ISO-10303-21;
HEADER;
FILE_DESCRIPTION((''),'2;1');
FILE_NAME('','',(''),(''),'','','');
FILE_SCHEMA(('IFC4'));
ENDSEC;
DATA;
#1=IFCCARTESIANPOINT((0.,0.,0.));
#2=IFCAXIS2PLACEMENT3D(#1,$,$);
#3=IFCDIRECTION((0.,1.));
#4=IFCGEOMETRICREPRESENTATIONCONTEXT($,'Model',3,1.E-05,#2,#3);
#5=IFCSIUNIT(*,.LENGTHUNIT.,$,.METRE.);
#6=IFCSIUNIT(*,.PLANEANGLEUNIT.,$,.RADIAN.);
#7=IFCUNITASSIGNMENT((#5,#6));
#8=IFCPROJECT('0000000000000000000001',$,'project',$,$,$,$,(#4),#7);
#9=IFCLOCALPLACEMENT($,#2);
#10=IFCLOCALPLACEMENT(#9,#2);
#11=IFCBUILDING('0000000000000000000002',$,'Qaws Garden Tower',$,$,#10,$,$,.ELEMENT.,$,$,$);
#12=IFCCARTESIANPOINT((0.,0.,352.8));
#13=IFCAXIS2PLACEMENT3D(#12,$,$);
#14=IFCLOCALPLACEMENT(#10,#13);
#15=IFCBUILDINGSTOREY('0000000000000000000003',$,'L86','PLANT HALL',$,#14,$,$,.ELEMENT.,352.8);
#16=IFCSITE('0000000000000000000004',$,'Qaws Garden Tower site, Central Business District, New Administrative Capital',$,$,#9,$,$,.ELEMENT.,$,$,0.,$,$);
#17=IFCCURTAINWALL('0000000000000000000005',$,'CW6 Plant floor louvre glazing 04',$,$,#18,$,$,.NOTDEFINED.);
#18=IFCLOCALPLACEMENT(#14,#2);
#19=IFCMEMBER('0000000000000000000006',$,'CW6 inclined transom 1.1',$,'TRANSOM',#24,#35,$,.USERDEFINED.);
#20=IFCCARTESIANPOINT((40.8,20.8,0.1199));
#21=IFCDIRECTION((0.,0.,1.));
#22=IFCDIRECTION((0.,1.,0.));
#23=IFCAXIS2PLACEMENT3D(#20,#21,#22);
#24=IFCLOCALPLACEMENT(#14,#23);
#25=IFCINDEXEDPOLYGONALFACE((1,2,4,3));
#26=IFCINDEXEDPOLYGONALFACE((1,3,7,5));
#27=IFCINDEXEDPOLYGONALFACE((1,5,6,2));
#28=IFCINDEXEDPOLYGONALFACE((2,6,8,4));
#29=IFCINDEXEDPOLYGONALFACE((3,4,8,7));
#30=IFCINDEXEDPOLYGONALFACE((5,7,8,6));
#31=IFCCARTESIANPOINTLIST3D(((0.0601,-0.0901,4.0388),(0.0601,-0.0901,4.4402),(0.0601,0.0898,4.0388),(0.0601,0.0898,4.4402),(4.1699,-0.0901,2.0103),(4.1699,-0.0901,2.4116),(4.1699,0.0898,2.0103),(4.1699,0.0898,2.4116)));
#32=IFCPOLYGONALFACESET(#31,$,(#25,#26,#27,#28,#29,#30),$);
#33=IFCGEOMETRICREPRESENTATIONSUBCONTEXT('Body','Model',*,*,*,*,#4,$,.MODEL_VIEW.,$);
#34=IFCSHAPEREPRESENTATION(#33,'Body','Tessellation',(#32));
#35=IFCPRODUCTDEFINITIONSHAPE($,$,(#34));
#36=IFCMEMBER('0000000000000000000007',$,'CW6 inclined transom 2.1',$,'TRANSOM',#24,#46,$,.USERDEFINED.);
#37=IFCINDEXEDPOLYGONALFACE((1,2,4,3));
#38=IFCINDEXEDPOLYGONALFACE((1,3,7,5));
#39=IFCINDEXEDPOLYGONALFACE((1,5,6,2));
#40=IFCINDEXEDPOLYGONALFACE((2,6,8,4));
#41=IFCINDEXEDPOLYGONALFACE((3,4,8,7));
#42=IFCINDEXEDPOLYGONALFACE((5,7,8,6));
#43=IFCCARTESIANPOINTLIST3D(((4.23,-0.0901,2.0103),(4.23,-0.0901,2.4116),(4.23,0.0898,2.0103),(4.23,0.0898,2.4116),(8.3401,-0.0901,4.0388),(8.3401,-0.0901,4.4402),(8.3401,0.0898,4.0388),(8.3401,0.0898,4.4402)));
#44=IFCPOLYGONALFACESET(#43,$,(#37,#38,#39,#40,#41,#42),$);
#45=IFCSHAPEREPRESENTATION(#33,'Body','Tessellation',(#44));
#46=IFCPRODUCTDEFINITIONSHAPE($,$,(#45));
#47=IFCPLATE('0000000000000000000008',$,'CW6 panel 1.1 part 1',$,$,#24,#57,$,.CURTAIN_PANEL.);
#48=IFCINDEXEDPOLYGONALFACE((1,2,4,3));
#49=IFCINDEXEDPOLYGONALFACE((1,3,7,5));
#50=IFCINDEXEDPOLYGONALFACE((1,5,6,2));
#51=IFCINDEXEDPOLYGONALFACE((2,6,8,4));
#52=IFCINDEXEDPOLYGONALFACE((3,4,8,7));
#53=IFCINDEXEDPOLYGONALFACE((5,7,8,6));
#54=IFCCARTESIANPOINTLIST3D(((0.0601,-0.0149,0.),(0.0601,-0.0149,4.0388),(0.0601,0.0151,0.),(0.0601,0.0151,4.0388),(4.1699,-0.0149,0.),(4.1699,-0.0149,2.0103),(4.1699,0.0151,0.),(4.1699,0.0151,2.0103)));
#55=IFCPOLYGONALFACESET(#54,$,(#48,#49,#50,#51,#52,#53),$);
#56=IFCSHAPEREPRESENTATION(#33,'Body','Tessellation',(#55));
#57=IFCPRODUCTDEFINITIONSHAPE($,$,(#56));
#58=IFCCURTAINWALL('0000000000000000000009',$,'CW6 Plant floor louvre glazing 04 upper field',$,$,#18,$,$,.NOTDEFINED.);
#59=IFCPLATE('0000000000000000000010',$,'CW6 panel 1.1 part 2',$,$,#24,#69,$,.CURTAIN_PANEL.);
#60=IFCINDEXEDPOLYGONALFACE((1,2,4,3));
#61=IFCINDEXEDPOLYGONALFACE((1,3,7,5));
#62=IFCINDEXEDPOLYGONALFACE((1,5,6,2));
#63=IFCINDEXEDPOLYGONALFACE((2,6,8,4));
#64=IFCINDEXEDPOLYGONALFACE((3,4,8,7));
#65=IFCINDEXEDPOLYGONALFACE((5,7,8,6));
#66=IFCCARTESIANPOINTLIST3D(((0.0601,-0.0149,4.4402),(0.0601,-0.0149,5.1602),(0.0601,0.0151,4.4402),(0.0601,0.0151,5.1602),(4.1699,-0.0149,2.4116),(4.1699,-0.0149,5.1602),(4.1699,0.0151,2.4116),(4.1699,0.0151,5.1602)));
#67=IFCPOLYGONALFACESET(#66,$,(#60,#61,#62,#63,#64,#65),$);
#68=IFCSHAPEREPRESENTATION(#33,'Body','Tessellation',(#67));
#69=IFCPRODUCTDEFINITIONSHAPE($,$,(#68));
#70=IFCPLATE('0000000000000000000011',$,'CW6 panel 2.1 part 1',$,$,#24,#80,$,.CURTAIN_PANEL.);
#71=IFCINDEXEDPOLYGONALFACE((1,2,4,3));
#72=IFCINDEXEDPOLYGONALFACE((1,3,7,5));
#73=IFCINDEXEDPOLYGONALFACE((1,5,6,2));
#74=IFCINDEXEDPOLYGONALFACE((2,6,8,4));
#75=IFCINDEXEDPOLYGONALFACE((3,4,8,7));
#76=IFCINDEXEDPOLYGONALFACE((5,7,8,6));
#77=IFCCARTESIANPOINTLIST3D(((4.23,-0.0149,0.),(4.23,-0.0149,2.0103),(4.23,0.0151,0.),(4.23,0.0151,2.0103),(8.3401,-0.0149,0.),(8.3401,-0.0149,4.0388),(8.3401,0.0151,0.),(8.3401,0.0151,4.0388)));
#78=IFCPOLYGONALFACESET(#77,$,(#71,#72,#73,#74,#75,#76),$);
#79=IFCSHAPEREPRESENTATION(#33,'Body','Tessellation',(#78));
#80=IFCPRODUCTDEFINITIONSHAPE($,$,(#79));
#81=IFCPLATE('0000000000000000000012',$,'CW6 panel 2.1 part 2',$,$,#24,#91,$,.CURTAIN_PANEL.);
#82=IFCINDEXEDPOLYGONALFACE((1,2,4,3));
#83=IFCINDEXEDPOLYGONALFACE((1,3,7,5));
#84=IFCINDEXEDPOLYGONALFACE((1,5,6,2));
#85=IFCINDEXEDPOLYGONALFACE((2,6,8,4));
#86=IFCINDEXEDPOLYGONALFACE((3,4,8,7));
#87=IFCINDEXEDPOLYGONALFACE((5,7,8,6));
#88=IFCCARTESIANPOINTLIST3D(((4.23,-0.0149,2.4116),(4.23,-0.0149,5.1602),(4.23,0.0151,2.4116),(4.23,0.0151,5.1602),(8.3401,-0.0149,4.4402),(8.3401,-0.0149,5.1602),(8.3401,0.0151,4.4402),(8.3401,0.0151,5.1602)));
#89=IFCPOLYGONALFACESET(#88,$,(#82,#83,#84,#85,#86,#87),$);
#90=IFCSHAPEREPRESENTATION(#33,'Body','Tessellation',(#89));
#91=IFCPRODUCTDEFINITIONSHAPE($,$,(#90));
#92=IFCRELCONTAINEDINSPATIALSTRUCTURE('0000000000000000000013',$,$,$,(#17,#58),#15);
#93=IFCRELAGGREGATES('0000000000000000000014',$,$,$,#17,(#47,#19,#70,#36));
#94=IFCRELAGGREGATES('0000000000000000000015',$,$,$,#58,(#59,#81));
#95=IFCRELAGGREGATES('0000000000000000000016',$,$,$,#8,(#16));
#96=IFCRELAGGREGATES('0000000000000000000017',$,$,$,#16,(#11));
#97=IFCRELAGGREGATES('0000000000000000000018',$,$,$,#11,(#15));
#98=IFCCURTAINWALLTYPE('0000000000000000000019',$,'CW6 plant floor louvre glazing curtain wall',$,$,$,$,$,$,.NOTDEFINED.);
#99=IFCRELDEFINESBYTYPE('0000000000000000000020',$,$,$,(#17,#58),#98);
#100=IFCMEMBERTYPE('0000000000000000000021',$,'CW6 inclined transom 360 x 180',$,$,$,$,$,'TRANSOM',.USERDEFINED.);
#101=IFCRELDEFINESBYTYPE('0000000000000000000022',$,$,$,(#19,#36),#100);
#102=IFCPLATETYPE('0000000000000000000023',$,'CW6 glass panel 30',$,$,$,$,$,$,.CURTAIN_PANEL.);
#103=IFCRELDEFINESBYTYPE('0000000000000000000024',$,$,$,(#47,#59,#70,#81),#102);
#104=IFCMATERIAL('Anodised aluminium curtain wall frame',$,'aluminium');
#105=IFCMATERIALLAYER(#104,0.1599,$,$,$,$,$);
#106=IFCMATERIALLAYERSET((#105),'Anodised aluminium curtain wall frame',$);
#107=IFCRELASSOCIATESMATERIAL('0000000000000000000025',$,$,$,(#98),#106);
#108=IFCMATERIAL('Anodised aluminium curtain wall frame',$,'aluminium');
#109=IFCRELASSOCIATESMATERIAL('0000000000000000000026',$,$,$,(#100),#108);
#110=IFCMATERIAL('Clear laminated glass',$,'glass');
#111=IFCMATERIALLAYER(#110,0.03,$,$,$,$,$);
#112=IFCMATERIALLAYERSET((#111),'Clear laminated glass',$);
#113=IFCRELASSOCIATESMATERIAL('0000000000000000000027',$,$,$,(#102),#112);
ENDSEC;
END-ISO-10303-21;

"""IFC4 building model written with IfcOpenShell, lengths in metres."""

from ifc_helpers import new_model, si_unit, direction, frame, origin, origin_2d, place, context, subcontext, project, spatial, polyline, rectangle, outline, extrude, material, layer, layer_set, material_profile, profile_set, type_object, element, aggregate, save


model = new_model("IFC4")

# Units and contexts
model_context = context("Model", 3, precision=1e-05, world=origin(), true_north=direction((0.0, 1.0)))
body_context = subcontext(model_context, "Body", "Model", "MODEL_VIEW")
ifc_project = project(units=[si_unit("LENGTHUNIT", "METRE"), si_unit("PLANEANGLEUNIT", "RADIAN")], contexts=[model_context])

# Site, building, storey
site_placement = place(None, origin())
site = spatial("IfcSite", under=ifc_project, at=site_placement, Name="Qaws Garden Tower site, Central Business District, New Administrative Capital", CompositionType="ELEMENT", RefElevation=0.0)
building_placement = place(site_placement, origin())
building = spatial("IfcBuilding", under=site, at=building_placement, Name="Qaws Garden Tower", CompositionType="ELEMENT")
storey_placement = place(building_placement, frame((0.0, 0.0, 352.8)))
storey = spatial("IfcBuildingStorey", under=building, at=storey_placement, Name="L86", Description="PLANT HALL", CompositionType="ELEMENT", Elevation=352.8)

# Curtain wall, members, plate
ifc_material_1 = material(Name="Anodised aluminium curtain wall frame", Category="aluminium")
ifc_layer_1 = layer(ifc_material_1, 0.1599)
ifc_layer_set_1 = layer_set([ifc_layer_1], Name="Anodised aluminium curtain wall frame")
curtain_wall_type = type_object("IfcCurtainWallType", Name="CW6 plant floor louvre glazing curtain wall", PredefinedType="NOTDEFINED", material=ifc_layer_set_1)
placement_1 = place(storey_placement, origin())
curtain_wall_1 = element("IfcCurtainWall", 1, at=placement_1, inside=storey, type_object=curtain_wall_type, Name="CW6 Plant floor louvre glazing 04", PredefinedType="NOTDEFINED")
ifc_material_2 = material(Name="Anodised aluminium curtain wall frame", Category="aluminium")
ifc_material_profile_1 = material_profile(ifc_material_2, rectangle(XDim=0.1799, YDim=0.3601, at=origin_2d()), Name="AL 180x360")
ifc_profile_set_1 = profile_set([ifc_material_profile_1], Name="Anodised aluminium curtain wall frame")
member_type_1 = type_object("IfcMemberType", Name="CW6 inclined transom 360 x 180", ElementType="TRANSOM", PredefinedType="USERDEFINED", material=ifc_profile_set_1)
placement_2 = place(storey_placement, frame((40.8, 20.8, 0.1199), z_axis=(0.0, 0.0, 1.0), x_axis=(0.0, 1.0, 0.0)))
member_1 = element("IfcMember", 2, at=placement_2, type_object=member_type_1, Name="CW6 inclined transom 1.1", ObjectType="TRANSOM", PredefinedType="USERDEFINED", context=body_context, shape_type="SweptSolid", body=[
    extrude(outline(polyline([(0.0601, 4.0388), (4.1699, 2.0103), (4.1699, 2.4116), (0.0601, 4.4402), (0.0601, 4.0388)])), frame((0.0, 0.0898, 0.0), z_axis=(0.0, -1.0, 0.0), x_axis=(1.0, 0.0, 0.0)), (0.0, 0.0, 1.0), 0.1799),
])
member_2 = element("IfcMember", 3, at=placement_2, type_object=member_type_1, Name="CW6 inclined transom 2.1", ObjectType="TRANSOM", PredefinedType="USERDEFINED", context=body_context, shape_type="SweptSolid", body=[
    extrude(outline(polyline([(4.23, 2.0103), (8.3401, 4.0388), (8.3401, 4.4402), (4.23, 2.4116), (4.23, 2.0103)])), frame((0.0, 0.0898, 0.0), z_axis=(0.0, -1.0, 0.0), x_axis=(1.0, 0.0, 0.0)), (0.0, 0.0, 1.0), 0.1799),
])
ifc_material_3 = material(Name="Clear laminated glass", Category="glass")
ifc_layer_2 = layer(ifc_material_3, 0.03)
ifc_layer_set_2 = layer_set([ifc_layer_2], Name="Clear laminated glass")
plate_type = type_object("IfcPlateType", Name="CW6 glass panel 30", PredefinedType="CURTAIN_PANEL", material=ifc_layer_set_2)
plate_1 = element("IfcPlate", 4, at=placement_2, type_object=plate_type, Name="CW6 panel 1.1 part 1", PredefinedType="CURTAIN_PANEL", context=body_context, shape_type="SweptSolid", body=[
    extrude(outline(polyline([(4.1699, 0.0), (4.1699, 2.0103), (0.0601, 4.0388), (0.0601, 0.0), (4.1699, 0.0)])), frame((0.0, 0.0151, 0.0), z_axis=(0.0, -1.0, 0.0), x_axis=(1.0, 0.0, 0.0)), (0.0, 0.0, 1.0), 0.03),
])

# Curtain wall, plate
curtain_wall_2 = element("IfcCurtainWall", 5, at=placement_1, inside=storey, type_object=curtain_wall_type, Name="CW6 Plant floor louvre glazing 04 upper field", PredefinedType="NOTDEFINED")
plate_2 = element("IfcPlate", 6, at=placement_2, type_object=plate_type, Name="CW6 panel 1.1 part 2", PredefinedType="CURTAIN_PANEL", context=body_context, shape_type="SweptSolid", body=[
    extrude(outline(polyline([(0.0601, 5.1602), (0.0601, 4.4402), (4.1699, 2.4116), (4.1699, 5.1602), (0.0601, 5.1602)])), frame((0.0, 0.0151, 0.0), z_axis=(0.0, -1.0, 0.0), x_axis=(1.0, 0.0, 0.0)), (0.0, 0.0, 1.0), 0.03),
])

# Plates
plate_3 = element("IfcPlate", 7, at=placement_2, type_object=plate_type, Name="CW6 panel 2.1 part 1", PredefinedType="CURTAIN_PANEL", context=body_context, shape_type="SweptSolid", body=[
    extrude(outline(polyline([(8.3401, 0.0), (8.3401, 4.0388), (4.23, 2.0103), (4.23, 0.0), (8.3401, 0.0)])), frame((0.0, 0.0151, 0.0), z_axis=(0.0, -1.0, 0.0), x_axis=(1.0, 0.0, 0.0)), (0.0, 0.0, 1.0), 0.03),
])
aggregate(curtain_wall_1, [plate_1, member_1, plate_3, member_2])
plate_4 = element("IfcPlate", 8, at=placement_2, type_object=plate_type, Name="CW6 panel 2.1 part 2", PredefinedType="CURTAIN_PANEL", context=body_context, shape_type="SweptSolid", body=[
    extrude(outline(polyline([(4.23, 5.1602), (4.23, 2.4116), (8.3401, 4.4402), (8.3401, 5.1602), (4.23, 5.1602)])), frame((0.0, 0.0151, 0.0), z_axis=(0.0, -1.0, 0.0), x_axis=(1.0, 0.0, 0.0)), (0.0, 0.0, 1.0), 0.03),
])
aggregate(curtain_wall_2, [plate_2, plate_4])

save(model, "model.ifc")
